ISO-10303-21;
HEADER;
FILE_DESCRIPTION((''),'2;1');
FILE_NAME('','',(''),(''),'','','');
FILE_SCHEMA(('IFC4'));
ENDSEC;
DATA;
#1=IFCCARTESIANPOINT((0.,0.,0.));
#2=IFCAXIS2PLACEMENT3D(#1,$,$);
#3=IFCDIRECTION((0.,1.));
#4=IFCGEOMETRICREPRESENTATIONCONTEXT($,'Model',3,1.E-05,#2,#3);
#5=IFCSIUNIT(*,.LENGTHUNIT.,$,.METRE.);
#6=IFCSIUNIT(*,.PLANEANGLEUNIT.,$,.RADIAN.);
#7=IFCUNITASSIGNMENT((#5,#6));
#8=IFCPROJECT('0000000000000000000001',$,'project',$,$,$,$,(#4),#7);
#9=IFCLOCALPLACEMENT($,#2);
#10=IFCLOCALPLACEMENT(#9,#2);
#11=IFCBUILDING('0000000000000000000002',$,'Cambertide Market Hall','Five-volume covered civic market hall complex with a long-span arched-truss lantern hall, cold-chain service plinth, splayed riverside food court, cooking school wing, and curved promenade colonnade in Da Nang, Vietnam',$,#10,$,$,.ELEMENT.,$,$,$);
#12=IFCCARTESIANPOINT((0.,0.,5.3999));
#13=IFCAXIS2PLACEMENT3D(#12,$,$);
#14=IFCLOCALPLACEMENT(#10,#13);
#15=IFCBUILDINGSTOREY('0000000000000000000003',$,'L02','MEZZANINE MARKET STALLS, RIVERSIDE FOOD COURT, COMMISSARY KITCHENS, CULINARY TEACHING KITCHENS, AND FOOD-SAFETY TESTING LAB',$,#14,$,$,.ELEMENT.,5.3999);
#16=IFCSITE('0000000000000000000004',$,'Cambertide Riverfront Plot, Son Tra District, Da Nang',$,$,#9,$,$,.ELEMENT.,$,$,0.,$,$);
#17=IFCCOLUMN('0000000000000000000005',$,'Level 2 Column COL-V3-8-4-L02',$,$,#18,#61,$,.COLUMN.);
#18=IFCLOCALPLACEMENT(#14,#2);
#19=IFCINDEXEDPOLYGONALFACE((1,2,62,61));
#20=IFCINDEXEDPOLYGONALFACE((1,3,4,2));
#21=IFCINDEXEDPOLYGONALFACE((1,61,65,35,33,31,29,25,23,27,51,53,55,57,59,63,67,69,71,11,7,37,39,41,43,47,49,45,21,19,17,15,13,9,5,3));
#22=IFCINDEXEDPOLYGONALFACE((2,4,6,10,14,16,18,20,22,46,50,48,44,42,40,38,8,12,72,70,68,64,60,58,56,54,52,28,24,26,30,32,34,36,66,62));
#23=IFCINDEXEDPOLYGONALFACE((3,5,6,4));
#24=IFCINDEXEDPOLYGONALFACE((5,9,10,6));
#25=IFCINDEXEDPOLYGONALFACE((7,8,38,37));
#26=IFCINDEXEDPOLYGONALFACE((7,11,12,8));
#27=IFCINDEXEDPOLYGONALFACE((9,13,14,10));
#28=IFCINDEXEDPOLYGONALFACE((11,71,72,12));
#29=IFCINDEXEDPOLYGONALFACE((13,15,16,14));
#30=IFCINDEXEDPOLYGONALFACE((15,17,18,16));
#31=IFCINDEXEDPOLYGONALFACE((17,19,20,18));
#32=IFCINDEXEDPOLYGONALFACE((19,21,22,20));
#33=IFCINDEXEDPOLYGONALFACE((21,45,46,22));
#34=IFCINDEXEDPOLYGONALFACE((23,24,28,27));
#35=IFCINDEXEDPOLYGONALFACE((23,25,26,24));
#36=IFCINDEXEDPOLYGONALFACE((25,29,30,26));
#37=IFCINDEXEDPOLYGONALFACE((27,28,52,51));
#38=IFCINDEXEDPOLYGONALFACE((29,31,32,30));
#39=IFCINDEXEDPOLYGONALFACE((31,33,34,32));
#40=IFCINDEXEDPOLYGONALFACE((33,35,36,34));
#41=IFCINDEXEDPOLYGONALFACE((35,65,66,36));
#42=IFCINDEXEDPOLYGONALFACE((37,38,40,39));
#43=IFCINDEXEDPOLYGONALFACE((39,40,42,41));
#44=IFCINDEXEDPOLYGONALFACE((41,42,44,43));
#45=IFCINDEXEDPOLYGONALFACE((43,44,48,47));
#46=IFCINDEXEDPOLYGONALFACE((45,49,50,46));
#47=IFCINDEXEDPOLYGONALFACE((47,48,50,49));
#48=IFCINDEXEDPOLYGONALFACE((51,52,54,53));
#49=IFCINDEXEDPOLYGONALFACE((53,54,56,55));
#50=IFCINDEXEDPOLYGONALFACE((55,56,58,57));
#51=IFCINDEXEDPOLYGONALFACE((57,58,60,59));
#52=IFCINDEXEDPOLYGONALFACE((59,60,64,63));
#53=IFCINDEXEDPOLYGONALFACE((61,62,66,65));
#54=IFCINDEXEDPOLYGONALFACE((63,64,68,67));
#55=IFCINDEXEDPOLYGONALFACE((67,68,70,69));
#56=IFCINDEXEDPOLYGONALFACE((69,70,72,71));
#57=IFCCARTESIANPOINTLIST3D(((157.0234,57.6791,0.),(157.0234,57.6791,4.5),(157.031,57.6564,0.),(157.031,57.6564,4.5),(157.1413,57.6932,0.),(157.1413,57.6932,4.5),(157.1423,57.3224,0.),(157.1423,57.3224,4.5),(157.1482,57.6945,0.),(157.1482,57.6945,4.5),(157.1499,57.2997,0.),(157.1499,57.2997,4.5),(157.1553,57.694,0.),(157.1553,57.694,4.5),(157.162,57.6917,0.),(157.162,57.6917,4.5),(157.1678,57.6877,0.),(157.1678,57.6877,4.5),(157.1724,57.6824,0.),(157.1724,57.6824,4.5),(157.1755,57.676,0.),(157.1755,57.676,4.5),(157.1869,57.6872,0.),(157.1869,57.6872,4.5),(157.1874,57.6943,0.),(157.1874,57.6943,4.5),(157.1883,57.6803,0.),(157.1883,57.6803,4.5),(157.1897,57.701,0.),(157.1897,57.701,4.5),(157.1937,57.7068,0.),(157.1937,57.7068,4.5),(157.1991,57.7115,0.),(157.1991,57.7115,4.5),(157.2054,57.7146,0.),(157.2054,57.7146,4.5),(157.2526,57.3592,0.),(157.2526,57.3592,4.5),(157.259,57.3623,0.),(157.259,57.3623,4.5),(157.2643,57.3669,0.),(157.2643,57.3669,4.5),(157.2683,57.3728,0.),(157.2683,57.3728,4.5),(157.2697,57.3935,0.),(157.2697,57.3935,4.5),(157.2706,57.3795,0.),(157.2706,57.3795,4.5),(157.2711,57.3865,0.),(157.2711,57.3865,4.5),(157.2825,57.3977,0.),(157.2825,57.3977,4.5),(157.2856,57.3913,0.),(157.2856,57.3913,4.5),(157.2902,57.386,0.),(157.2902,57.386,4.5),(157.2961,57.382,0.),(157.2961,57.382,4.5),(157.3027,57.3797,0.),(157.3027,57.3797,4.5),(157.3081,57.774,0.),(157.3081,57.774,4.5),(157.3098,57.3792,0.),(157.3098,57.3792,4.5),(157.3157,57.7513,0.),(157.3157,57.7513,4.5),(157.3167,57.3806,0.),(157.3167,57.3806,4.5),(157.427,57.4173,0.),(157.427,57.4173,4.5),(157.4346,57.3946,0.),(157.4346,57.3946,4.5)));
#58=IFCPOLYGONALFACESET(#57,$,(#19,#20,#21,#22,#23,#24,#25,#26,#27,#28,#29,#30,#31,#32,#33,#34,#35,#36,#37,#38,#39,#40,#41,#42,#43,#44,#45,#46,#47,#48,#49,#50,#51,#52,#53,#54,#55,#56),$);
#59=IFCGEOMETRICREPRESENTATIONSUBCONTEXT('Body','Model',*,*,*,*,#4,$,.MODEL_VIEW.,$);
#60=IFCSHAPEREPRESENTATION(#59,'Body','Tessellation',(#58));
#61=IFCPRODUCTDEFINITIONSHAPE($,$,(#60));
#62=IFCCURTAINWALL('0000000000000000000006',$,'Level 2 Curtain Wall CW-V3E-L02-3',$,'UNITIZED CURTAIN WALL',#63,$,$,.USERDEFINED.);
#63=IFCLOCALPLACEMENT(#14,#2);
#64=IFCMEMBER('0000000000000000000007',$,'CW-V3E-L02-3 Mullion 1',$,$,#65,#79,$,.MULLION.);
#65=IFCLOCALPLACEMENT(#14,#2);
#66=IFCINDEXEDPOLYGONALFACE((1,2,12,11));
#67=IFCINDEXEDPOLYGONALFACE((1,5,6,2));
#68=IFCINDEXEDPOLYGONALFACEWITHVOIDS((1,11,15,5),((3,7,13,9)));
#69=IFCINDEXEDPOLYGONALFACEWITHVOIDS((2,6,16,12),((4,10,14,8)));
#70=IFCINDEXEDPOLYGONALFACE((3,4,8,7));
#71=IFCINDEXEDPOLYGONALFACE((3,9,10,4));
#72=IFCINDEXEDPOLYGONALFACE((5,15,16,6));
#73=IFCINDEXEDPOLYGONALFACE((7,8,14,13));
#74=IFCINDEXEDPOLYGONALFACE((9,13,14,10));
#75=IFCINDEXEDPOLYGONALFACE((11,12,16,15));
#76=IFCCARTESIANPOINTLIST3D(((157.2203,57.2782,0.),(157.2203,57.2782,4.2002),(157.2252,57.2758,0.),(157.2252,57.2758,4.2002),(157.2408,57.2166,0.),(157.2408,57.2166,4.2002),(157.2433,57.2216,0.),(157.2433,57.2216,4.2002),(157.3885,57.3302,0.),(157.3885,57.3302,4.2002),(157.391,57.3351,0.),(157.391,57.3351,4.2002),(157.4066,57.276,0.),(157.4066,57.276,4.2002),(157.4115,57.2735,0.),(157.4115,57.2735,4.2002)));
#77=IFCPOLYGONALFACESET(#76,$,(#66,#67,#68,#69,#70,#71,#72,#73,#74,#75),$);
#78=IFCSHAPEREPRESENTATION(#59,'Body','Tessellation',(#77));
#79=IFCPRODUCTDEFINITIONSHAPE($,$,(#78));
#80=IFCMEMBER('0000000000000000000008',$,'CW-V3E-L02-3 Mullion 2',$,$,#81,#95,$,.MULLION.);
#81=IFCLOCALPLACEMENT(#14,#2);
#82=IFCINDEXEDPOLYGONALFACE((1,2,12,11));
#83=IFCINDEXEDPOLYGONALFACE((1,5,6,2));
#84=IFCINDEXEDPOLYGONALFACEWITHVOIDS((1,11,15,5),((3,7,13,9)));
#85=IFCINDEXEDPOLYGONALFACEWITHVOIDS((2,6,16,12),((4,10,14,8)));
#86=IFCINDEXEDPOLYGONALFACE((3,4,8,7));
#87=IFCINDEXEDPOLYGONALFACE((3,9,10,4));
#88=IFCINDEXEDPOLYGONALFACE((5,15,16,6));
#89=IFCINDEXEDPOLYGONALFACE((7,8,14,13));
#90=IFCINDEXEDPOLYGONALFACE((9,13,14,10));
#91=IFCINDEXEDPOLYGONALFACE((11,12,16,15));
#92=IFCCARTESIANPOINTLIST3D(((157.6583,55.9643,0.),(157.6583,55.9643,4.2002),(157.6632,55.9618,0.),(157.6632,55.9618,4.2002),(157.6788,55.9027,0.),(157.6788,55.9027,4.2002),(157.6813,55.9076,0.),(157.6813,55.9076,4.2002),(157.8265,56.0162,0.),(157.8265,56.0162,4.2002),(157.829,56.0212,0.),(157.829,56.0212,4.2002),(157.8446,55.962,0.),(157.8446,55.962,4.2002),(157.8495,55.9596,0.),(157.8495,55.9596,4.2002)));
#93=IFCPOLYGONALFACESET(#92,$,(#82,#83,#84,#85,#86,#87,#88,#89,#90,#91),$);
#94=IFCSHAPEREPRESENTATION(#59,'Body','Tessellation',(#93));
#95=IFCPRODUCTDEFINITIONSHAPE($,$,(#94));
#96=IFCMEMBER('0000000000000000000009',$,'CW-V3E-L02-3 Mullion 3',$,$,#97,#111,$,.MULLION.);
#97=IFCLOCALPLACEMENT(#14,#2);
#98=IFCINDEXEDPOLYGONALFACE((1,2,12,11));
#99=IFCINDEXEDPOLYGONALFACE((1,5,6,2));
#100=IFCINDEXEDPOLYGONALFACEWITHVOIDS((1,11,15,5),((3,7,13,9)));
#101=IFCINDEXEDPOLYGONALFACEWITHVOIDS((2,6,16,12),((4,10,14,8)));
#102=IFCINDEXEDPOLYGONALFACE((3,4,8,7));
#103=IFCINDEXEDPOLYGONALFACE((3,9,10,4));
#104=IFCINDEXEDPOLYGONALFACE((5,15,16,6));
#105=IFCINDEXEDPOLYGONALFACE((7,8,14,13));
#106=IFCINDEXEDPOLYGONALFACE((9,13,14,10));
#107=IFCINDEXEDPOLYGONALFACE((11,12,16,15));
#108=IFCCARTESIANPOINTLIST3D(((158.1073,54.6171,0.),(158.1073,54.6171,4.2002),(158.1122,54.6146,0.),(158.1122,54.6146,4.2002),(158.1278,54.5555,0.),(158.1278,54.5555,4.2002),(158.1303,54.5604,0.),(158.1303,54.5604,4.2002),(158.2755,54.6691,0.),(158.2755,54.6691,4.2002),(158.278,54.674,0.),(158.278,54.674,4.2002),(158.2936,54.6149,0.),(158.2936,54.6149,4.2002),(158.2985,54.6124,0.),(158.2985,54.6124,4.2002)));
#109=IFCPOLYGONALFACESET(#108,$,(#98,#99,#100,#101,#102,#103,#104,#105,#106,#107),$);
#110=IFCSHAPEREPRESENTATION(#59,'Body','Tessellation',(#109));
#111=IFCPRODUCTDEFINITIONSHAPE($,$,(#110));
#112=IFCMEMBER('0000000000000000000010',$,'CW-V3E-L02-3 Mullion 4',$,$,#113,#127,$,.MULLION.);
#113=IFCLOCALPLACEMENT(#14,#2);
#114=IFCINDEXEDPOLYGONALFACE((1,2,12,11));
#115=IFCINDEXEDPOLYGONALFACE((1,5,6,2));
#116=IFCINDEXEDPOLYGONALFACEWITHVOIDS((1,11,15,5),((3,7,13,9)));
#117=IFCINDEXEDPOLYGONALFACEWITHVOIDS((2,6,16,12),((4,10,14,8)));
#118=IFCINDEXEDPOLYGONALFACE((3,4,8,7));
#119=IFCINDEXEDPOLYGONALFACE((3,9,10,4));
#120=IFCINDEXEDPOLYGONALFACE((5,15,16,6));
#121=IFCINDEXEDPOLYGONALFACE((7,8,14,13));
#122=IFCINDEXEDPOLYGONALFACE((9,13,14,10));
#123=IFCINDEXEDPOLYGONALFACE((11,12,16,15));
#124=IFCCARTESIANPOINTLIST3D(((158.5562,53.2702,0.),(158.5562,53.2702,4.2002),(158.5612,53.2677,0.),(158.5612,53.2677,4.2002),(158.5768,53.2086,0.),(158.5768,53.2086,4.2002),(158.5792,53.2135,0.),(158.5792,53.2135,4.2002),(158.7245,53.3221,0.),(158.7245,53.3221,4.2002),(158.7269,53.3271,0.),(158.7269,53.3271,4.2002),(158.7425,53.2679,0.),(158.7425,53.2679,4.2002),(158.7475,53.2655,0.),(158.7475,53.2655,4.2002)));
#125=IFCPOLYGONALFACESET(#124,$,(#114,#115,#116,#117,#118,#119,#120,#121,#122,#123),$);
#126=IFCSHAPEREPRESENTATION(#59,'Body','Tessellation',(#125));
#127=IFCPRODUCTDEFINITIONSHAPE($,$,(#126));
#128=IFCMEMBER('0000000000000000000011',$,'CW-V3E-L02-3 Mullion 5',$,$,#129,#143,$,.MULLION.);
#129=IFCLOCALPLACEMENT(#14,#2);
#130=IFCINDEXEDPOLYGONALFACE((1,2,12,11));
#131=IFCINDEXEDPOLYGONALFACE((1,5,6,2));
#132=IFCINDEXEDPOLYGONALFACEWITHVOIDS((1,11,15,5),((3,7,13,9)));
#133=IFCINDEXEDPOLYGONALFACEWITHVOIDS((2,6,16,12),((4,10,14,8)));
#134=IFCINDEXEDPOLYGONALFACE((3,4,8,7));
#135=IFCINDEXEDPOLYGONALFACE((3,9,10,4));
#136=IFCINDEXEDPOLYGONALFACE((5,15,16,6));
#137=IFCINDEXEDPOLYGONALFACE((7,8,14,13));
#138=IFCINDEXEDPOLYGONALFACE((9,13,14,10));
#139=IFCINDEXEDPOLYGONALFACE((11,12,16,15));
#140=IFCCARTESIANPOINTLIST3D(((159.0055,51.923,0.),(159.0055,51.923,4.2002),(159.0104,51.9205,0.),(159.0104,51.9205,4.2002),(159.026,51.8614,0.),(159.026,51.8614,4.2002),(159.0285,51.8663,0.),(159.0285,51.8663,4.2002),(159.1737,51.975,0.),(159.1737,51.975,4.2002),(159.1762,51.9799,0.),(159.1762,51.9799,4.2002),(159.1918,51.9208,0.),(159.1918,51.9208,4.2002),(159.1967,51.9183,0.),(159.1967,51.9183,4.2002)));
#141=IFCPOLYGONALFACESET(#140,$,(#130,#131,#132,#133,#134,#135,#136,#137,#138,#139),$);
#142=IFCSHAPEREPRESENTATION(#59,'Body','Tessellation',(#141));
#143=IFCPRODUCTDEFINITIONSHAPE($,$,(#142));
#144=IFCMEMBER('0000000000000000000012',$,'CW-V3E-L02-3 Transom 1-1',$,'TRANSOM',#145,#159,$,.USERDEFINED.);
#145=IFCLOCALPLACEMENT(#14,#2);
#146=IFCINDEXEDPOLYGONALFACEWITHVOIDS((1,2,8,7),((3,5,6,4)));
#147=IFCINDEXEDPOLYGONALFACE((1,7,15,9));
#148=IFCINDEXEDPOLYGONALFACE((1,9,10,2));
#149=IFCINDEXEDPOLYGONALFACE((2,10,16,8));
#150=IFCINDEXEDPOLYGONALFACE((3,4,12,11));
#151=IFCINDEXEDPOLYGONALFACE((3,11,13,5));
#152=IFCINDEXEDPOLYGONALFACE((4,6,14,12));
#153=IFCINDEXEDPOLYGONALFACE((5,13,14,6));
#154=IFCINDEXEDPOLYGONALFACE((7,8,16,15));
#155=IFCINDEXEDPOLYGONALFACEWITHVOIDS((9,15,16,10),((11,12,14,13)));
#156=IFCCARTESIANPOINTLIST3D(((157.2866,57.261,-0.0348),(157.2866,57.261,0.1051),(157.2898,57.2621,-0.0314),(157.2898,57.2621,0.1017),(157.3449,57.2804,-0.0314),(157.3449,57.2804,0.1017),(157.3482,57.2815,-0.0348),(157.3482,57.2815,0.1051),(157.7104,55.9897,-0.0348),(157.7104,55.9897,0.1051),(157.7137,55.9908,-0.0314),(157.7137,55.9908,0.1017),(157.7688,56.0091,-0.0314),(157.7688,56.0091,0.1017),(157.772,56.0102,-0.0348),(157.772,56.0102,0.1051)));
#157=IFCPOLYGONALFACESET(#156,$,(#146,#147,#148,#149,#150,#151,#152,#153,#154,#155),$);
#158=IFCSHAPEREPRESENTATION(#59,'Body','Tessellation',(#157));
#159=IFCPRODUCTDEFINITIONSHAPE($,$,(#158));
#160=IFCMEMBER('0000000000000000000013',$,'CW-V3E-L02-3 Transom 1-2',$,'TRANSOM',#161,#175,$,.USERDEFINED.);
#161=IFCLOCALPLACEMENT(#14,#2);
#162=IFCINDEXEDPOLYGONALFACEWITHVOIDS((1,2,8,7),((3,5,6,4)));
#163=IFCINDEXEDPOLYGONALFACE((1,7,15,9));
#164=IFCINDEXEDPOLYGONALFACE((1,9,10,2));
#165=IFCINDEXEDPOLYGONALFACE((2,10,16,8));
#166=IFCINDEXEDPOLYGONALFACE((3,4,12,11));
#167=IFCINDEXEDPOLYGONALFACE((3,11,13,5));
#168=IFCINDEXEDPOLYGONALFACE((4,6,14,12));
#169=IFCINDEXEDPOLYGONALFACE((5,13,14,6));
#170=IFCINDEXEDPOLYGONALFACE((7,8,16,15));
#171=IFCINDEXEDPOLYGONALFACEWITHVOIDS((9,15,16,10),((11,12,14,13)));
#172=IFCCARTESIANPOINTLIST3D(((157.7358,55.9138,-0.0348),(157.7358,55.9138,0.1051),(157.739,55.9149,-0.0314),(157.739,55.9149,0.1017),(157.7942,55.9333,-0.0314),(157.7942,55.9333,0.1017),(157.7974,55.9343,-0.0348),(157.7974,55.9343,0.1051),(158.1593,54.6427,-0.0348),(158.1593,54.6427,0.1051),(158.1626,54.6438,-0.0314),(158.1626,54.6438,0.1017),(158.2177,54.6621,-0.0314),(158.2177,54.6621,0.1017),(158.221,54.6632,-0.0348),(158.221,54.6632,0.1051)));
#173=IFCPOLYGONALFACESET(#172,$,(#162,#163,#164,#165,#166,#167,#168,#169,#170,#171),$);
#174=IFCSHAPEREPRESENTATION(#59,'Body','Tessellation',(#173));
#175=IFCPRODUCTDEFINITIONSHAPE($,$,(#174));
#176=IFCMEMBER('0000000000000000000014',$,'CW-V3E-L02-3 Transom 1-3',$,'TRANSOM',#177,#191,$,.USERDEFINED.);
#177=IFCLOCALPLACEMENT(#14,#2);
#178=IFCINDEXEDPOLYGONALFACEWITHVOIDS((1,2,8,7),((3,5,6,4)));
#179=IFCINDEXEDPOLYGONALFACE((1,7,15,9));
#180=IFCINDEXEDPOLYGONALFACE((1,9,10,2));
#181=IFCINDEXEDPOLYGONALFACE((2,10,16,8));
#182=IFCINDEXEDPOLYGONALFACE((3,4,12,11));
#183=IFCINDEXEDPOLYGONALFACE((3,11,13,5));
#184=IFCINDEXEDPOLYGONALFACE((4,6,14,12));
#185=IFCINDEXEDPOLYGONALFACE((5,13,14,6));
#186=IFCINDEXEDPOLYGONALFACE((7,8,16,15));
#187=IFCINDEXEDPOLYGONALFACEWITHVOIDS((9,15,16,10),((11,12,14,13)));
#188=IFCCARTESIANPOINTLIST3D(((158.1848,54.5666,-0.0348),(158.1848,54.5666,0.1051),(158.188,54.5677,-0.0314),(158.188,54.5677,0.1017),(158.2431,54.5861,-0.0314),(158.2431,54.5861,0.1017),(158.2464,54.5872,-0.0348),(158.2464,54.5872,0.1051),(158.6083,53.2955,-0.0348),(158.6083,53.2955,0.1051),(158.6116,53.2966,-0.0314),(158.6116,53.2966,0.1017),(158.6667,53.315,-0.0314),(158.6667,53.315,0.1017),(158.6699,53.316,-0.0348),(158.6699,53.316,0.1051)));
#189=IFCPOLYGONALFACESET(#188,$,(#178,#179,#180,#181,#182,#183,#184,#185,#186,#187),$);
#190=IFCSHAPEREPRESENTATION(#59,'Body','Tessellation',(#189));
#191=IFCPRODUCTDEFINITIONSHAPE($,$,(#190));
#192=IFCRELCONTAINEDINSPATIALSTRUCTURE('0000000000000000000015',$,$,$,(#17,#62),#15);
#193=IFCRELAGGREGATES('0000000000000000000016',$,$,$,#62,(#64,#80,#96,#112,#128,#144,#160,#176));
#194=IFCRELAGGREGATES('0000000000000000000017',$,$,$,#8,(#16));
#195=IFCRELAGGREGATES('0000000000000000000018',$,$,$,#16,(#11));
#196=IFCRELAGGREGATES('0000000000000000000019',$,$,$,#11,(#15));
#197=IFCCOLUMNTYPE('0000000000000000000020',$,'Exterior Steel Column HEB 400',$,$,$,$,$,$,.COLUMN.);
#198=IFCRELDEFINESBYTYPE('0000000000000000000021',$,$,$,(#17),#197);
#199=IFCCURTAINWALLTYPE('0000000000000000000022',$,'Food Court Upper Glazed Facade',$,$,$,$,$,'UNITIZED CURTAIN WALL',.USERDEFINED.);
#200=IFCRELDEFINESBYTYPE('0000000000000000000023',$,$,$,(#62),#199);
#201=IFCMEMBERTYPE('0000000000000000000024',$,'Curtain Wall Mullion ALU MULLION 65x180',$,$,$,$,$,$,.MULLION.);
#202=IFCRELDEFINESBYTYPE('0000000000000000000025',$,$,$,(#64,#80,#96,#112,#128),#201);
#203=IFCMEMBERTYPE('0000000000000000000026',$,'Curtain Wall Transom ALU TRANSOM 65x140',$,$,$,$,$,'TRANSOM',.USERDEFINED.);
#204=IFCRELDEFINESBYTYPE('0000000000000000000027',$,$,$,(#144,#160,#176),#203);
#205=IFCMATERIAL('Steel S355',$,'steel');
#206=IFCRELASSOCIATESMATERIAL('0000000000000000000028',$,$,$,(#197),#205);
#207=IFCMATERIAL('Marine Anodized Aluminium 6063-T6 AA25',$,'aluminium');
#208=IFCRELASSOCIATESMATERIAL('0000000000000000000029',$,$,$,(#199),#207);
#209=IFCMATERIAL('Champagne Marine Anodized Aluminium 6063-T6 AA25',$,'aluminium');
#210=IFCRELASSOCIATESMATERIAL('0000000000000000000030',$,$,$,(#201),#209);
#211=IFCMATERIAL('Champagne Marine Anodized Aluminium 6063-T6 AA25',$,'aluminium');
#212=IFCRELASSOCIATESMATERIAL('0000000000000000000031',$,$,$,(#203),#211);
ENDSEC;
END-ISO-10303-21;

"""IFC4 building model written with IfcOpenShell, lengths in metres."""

from ifc_helpers import new_model, si_unit, direction, frame, origin, origin_2d, place, context, subcontext, project, spatial, hollow_rectangle, i_section, extrude, material, material_profile, profile_set, type_object, element, aggregate, save


model = new_model("IFC4")

# Units and contexts
model_context = context("Model", 3, precision=1e-05, world=origin(), true_north=direction((0.0, 1.0)))
body_context = subcontext(model_context, "Body", "Model", "MODEL_VIEW")
ifc_project = project(units=[si_unit("LENGTHUNIT", "METRE"), si_unit("PLANEANGLEUNIT", "RADIAN")], contexts=[model_context])

# Site, building, storey
site_placement = place(None, origin())
site = spatial("IfcSite", under=ifc_project, at=site_placement, Name="Cambertide Riverfront Plot, Son Tra District, Da Nang", CompositionType="ELEMENT", RefElevation=0.0)
building_placement = place(site_placement, origin())
building = spatial("IfcBuilding", under=site, at=building_placement, Name="Cambertide Market Hall", Description="Five-volume covered civic market hall complex with a long-span arched-truss lantern hall, cold-chain service plinth, splayed riverside food court, cooking school wing, and curved promenade colonnade in Da Nang, Vietnam", CompositionType="ELEMENT")
storey_placement = place(building_placement, frame((0.0, 0.0, 5.3999)))
storey = spatial("IfcBuildingStorey", under=building, at=storey_placement, Name="L02", Description="MEZZANINE MARKET STALLS, RIVERSIDE FOOD COURT, COMMISSARY KITCHENS, CULINARY TEACHING KITCHENS, AND FOOD-SAFETY TESTING LAB", CompositionType="ELEMENT", Elevation=5.3999)

# Column
ifc_material_1 = material(Name="Steel S355", Category="steel")
ifc_material_profile_1 = material_profile(ifc_material_1, i_section(OverallWidth=0.3, OverallDepth=0.3999, WebThickness=0.0134, FlangeThickness=0.0239, FilletRadius=0.0271, at=origin_2d()), Name="HEB 400")
ifc_profile_set_1 = profile_set([ifc_material_profile_1], Name="Steel S355")
column_type = type_object("IfcColumnType", Name="Exterior Steel Column HEB 400", PredefinedType="COLUMN", material=ifc_profile_set_1)
column_placement = place(storey_placement, frame((157.229, 57.5369, 0.0), z_axis=(0.0, 0.0, 1.0), x_axis=(0.948683, 0.316228, 0.0)))
element("IfcColumn", 1, at=column_placement, inside=storey, type_object=column_type, Name="Level 2 Column COL-V3-8-4-L02", PredefinedType="COLUMN", context=body_context, shape_type="SweptSolid", body=[
    extrude(i_section(OverallWidth=0.3, OverallDepth=0.3999, WebThickness=0.0134, FlangeThickness=0.0239, FilletRadius=0.0271, at=origin_2d()), origin(), (0.0, 0.0, 1.0), 4.5),
])

# Curtain wall, members
ifc_material_2 = material(Name="Marine Anodized Aluminium 6063-T6 AA25", Category="aluminium")
curtain_wall_type = type_object("IfcCurtainWallType", Name="Food Court Upper Glazed Facade", ElementType="UNITIZED CURTAIN WALL", PredefinedType="USERDEFINED", material=ifc_material_2)
curtain_wall_placement = place(storey_placement, origin())
curtain_wall = element("IfcCurtainWall", 2, at=curtain_wall_placement, inside=storey, type_object=curtain_wall_type, Name="Level 2 Curtain Wall CW-V3E-L02-3", ObjectType="UNITIZED CURTAIN WALL", PredefinedType="USERDEFINED")
ifc_material_3 = material(Name="Champagne Marine Anodized Aluminium 6063-T6 AA25", Category="aluminium")
ifc_material_profile_2 = material_profile(ifc_material_3, hollow_rectangle(XDim=0.0649, YDim=0.1799, WallThickness=0.0039, at=origin_2d()), Name="ALU MULLION 65x180")
ifc_profile_set_2 = profile_set([ifc_material_profile_2], Name="Champagne Marine Anodized Aluminium 6063-T6 AA25")
member_type_1 = type_object("IfcMemberType", Name="Curtain Wall Mullion ALU MULLION 65x180", PredefinedType="MULLION", material=ifc_profile_set_2)
member_1_placement = place(storey_placement, frame((157.3159, 57.2759, 0.0), z_axis=(0.0, 0.0, 1.0), x_axis=(0.316228, -0.948683, 0.0)))
member_1 = element("IfcMember", 3, at=member_1_placement, type_object=member_type_1, Name="CW-V3E-L02-3 Mullion 1", PredefinedType="MULLION", context=body_context, shape_type="SweptSolid", body=[
    extrude(hollow_rectangle(XDim=0.0649, YDim=0.1799, WallThickness=0.0039, at=origin_2d()), origin(), (0.0, 0.0, 1.0), 4.2002),
])
member_2_placement = place(storey_placement, frame((157.7539, 55.9619, 0.0), z_axis=(0.0, 0.0, 1.0), x_axis=(0.316228, -0.948683, 0.0)))
member_2 = element("IfcMember", 4, at=member_2_placement, type_object=member_type_1, Name="CW-V3E-L02-3 Mullion 2", PredefinedType="MULLION", context=body_context, shape_type="SweptSolid", body=[
    extrude(hollow_rectangle(XDim=0.0649, YDim=0.1799, WallThickness=0.0039, at=origin_2d()), origin(), (0.0, 0.0, 1.0), 4.2002),
])
member_3_placement = place(storey_placement, frame((158.2029, 54.6147, 0.0), z_axis=(0.0, 0.0, 1.0), x_axis=(0.316228, -0.948683, 0.0)))
member_3 = element("IfcMember", 5, at=member_3_placement, type_object=member_type_1, Name="CW-V3E-L02-3 Mullion 3", PredefinedType="MULLION", context=body_context, shape_type="SweptSolid", body=[
    extrude(hollow_rectangle(XDim=0.0649, YDim=0.1799, WallThickness=0.0039, at=origin_2d()), origin(), (0.0, 0.0, 1.0), 4.2002),
])
member_4_placement = place(storey_placement, frame((158.6519, 53.2678, 0.0), z_axis=(0.0, 0.0, 1.0), x_axis=(0.316228, -0.948683, 0.0)))
member_4 = element("IfcMember", 6, at=member_4_placement, type_object=member_type_1, Name="CW-V3E-L02-3 Mullion 4", PredefinedType="MULLION", context=body_context, shape_type="SweptSolid", body=[
    extrude(hollow_rectangle(XDim=0.0649, YDim=0.1799, WallThickness=0.0039, at=origin_2d()), origin(), (0.0, 0.0, 1.0), 4.2002),
])
member_5_placement = place(storey_placement, frame((159.1011, 51.9207, 0.0), z_axis=(0.0, 0.0, 1.0), x_axis=(0.316228, -0.948683, 0.0)))
member_5 = element("IfcMember", 7, at=member_5_placement, type_object=member_type_1, Name="CW-V3E-L02-3 Mullion 5", PredefinedType="MULLION", context=body_context, shape_type="SweptSolid", body=[
    extrude(hollow_rectangle(XDim=0.0649, YDim=0.1799, WallThickness=0.0039, at=origin_2d()), origin(), (0.0, 0.0, 1.0), 4.2002),
])
ifc_material_4 = material(Name="Champagne Marine Anodized Aluminium 6063-T6 AA25", Category="aluminium")
ifc_material_profile_3 = material_profile(ifc_material_4, hollow_rectangle(XDim=0.0649, YDim=0.1399, WallThickness=0.0034, at=origin_2d()), Name="ALU TRANSOM 65x140")
ifc_profile_set_3 = profile_set([ifc_material_profile_3], Name="Champagne Marine Anodized Aluminium 6063-T6 AA25")
member_type_2 = type_object("IfcMemberType", Name="Curtain Wall Transom ALU TRANSOM 65x140", ElementType="TRANSOM", PredefinedType="USERDEFINED", material=ifc_profile_set_3)
member_6_placement = place(storey_placement, frame((157.3174, 57.2712, 0.0352), z_axis=(0.316282, -0.948665, 0.0), x_axis=(0.948665, 0.316282, 0.0)))
member_6 = element("IfcMember", 8, at=member_6_placement, type_object=member_type_2, Name="CW-V3E-L02-3 Transom 1-1", ObjectType="TRANSOM", PredefinedType="USERDEFINED", context=body_context, shape_type="SweptSolid", body=[
    extrude(hollow_rectangle(XDim=0.0649, YDim=0.1399, WallThickness=0.0034, at=origin_2d()), origin(), (0.0, 0.0, 1.0), 1.3401),
])
member_7_placement = place(storey_placement, frame((157.7666, 55.9241, 0.0352), z_axis=(0.316118, -0.94872, 0.0), x_axis=(0.94872, 0.316118, 0.0)))
member_7 = element("IfcMember", 9, at=member_7_placement, type_object=member_type_2, Name="CW-V3E-L02-3 Transom 1-2", ObjectType="TRANSOM", PredefinedType="USERDEFINED", context=body_context, shape_type="SweptSolid", body=[
    extrude(hollow_rectangle(XDim=0.0649, YDim=0.1399, WallThickness=0.0034, at=origin_2d()), origin(), (0.0, 0.0, 1.0), 1.3398),
])
member_8_placement = place(storey_placement, frame((158.2156, 54.5769, 0.0352), z_axis=(0.316118, -0.94872, 0.0), x_axis=(0.94872, 0.316118, 0.0)))
member_8 = element("IfcMember", 10, at=member_8_placement, type_object=member_type_2, Name="CW-V3E-L02-3 Transom 1-3", ObjectType="TRANSOM", PredefinedType="USERDEFINED", context=body_context, shape_type="SweptSolid", body=[
    extrude(hollow_rectangle(XDim=0.0649, YDim=0.1399, WallThickness=0.0034, at=origin_2d()), origin(), (0.0, 0.0, 1.0), 1.3398),
])
aggregate(curtain_wall, [member_1, member_2, member_3, member_4, member_5, member_6, member_7, member_8])

save(model, "model.ifc")
